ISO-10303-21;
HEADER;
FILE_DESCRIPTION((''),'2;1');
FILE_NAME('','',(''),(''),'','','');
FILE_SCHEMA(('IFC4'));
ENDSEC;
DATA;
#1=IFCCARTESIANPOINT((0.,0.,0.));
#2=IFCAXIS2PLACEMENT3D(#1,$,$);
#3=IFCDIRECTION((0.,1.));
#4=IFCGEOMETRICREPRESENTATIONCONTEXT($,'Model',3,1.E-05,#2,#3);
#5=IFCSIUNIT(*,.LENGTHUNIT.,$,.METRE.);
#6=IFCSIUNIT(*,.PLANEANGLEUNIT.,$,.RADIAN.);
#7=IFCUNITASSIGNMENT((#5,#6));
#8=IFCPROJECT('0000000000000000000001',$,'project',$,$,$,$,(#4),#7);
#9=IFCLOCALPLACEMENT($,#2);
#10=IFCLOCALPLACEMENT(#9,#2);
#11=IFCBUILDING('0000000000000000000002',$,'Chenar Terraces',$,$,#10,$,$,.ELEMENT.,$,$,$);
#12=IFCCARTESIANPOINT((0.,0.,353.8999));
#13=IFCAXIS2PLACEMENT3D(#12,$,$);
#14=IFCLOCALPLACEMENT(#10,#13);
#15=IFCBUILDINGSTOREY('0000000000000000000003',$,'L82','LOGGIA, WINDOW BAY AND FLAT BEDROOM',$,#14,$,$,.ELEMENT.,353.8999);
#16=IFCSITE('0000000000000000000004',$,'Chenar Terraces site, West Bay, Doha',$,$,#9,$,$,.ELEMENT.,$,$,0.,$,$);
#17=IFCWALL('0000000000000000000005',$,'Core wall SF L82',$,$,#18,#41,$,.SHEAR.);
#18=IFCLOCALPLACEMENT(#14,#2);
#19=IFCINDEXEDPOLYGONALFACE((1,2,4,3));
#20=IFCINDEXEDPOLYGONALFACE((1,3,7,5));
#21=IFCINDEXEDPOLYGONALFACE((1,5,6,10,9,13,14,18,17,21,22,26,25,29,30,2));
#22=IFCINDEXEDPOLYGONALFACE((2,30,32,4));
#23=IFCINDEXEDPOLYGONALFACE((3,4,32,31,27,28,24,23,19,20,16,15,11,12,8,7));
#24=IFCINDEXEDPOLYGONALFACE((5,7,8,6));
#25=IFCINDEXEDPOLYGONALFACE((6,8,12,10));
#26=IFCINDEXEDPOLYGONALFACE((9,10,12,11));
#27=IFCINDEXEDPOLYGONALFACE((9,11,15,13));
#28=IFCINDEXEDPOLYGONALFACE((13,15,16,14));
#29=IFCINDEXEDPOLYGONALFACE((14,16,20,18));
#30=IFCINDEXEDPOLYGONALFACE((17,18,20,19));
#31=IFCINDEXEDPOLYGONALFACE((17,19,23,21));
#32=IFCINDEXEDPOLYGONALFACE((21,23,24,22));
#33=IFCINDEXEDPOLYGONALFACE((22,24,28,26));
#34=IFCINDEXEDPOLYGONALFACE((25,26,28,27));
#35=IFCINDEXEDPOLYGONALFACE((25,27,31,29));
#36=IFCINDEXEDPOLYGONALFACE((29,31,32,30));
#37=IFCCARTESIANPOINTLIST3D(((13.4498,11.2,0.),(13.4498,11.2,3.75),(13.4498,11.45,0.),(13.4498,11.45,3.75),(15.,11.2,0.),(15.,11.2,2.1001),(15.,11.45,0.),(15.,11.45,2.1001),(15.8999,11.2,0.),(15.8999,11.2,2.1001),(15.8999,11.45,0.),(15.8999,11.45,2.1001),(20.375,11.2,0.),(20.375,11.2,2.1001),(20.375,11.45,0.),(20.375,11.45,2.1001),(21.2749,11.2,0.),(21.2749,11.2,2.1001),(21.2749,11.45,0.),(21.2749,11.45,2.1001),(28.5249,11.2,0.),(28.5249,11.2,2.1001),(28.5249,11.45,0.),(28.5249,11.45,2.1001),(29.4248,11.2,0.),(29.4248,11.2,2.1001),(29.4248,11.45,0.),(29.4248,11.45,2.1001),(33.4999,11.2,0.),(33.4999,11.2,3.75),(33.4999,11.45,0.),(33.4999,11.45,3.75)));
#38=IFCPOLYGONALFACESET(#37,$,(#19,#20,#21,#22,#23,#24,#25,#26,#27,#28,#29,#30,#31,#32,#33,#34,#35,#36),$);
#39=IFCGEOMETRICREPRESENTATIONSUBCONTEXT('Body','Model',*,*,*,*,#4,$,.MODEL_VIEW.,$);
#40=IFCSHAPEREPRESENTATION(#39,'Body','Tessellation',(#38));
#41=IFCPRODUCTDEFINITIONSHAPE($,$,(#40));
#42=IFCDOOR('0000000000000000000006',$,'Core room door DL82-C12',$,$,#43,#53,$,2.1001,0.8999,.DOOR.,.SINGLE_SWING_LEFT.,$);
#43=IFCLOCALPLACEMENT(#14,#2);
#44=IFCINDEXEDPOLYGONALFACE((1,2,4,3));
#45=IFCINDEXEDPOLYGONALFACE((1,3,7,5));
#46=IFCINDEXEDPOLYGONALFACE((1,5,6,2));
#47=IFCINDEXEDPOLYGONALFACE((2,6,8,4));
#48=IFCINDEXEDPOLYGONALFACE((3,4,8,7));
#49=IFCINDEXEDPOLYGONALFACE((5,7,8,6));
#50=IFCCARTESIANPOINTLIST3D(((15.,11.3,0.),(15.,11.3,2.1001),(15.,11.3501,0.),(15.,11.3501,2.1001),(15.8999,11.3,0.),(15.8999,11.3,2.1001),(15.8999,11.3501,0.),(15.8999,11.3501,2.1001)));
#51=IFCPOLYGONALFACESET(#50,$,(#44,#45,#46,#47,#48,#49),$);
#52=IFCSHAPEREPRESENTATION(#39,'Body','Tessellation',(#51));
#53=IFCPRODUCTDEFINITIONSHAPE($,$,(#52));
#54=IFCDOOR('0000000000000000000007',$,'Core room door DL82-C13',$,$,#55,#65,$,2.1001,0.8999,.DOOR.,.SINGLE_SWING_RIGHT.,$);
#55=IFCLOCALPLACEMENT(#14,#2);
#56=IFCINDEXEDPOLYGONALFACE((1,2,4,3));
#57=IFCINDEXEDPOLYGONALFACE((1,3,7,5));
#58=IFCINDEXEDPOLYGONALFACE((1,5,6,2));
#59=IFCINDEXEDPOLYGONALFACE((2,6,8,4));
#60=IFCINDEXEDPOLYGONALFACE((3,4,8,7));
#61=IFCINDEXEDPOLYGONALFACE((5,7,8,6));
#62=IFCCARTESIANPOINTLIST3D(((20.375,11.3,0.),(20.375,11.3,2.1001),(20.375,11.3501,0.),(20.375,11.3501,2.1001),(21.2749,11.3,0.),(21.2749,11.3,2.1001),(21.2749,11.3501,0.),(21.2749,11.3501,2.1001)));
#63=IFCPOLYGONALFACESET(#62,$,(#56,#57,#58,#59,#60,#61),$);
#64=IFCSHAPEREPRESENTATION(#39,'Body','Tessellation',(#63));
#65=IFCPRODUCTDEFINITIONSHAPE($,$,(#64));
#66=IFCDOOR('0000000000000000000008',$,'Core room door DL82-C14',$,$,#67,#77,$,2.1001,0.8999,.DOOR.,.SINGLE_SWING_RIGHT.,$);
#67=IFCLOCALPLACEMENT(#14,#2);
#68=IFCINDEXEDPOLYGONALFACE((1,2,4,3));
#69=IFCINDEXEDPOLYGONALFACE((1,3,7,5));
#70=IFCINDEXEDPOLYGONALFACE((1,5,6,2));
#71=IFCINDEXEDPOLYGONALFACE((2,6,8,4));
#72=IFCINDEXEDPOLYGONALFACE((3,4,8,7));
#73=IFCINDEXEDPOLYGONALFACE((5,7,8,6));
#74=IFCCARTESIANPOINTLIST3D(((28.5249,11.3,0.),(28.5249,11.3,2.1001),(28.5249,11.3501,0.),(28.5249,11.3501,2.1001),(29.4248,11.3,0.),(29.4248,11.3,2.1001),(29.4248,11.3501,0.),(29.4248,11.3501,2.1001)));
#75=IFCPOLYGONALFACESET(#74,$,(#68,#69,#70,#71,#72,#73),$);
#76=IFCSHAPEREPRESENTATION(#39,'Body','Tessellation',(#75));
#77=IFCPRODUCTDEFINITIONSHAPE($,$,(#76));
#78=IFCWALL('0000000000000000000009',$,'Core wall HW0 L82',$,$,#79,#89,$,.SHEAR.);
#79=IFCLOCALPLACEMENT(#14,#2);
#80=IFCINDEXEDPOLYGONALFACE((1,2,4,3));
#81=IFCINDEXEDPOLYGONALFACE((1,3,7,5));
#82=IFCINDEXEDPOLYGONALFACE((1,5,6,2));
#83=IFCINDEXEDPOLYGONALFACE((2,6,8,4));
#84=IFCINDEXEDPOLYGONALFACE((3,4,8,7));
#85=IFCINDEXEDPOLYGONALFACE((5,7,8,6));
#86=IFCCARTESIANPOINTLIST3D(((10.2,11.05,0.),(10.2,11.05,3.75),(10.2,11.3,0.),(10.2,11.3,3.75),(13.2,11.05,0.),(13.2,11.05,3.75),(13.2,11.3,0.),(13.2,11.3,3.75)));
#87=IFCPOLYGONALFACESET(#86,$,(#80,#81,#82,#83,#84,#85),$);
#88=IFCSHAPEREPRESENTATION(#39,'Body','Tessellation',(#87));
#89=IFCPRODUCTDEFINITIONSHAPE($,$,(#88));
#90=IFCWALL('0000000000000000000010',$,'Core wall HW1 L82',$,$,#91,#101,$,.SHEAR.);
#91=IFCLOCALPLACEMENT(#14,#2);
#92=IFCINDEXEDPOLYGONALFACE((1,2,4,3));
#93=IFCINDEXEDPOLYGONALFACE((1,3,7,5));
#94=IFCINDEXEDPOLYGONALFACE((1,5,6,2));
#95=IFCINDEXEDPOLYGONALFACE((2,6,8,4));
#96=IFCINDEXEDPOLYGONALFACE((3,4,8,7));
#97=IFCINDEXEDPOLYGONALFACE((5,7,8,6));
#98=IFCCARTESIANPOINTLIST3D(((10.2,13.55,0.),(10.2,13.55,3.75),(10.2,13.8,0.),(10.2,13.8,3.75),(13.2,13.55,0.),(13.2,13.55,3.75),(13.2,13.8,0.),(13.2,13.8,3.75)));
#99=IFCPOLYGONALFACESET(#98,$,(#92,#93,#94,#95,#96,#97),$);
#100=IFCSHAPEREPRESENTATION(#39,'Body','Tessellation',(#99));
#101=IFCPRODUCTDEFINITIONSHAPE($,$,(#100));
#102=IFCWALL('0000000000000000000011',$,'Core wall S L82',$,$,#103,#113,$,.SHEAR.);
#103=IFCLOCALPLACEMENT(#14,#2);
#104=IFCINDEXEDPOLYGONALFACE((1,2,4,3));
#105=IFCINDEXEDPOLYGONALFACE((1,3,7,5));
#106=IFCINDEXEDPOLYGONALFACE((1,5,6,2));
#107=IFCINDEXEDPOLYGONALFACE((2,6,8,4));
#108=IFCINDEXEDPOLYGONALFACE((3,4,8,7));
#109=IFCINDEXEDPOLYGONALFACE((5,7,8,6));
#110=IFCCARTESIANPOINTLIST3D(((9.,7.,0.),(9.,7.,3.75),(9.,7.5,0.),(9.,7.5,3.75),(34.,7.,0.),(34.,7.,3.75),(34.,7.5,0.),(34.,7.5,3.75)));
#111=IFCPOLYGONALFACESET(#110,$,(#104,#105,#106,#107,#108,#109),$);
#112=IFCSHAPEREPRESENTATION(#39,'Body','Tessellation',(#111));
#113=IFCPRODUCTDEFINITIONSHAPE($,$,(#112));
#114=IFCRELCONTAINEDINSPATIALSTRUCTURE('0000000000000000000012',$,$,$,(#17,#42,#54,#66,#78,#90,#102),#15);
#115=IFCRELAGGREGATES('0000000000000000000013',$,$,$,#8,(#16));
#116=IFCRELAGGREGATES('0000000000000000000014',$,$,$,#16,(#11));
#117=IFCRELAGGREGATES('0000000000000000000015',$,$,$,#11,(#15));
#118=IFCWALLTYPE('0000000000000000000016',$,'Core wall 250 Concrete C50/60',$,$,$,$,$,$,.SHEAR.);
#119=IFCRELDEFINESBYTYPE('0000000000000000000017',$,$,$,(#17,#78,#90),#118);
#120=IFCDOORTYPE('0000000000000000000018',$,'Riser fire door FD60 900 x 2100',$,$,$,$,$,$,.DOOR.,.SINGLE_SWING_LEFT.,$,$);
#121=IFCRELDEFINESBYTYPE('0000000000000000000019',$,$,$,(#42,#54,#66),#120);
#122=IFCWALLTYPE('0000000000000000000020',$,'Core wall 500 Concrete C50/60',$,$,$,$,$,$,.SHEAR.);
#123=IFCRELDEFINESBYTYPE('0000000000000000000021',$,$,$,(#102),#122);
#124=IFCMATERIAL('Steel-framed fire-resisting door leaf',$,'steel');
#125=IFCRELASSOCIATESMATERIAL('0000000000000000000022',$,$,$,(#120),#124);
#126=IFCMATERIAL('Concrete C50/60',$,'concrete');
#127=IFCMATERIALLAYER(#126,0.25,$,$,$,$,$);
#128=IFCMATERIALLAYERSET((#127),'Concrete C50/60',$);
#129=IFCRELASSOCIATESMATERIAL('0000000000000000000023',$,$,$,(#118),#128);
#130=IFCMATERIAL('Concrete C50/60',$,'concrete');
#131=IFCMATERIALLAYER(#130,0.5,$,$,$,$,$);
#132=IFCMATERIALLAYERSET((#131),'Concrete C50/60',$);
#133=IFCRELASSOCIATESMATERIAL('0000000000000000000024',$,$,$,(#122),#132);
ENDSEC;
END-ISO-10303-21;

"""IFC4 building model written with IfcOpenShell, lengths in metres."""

from ifc_helpers import new_model, si_unit, direction, frame, frame_2d, origin, place, context, subcontext, project, spatial, rectangle, extrude, material, layer, layer_set, type_object, element, fill, save


model = new_model("IFC4")

# Units and contexts
model_context = context("Model", 3, precision=1e-05, world=origin(), true_north=direction((0.0, 1.0)))
body_context = subcontext(model_context, "Body", "Model", "MODEL_VIEW")
ifc_project = project(units=[si_unit("LENGTHUNIT", "METRE"), si_unit("PLANEANGLEUNIT", "RADIAN")], contexts=[model_context])

# Site, building, storey
site_placement = place(None, origin())
site = spatial("IfcSite", under=ifc_project, at=site_placement, Name="Chenar Terraces site, West Bay, Doha", CompositionType="ELEMENT", RefElevation=0.0)
building_placement = place(site_placement, origin())
building = spatial("IfcBuilding", under=site, at=building_placement, Name="Chenar Terraces", CompositionType="ELEMENT")
storey_placement = place(building_placement, frame((0.0, 0.0, 353.8999)))
storey = spatial("IfcBuildingStorey", under=building, at=storey_placement, Name="L82", Description="LOGGIA, WINDOW BAY AND FLAT BEDROOM", CompositionType="ELEMENT", Elevation=353.8999)

# Shared definitions
ifc_material_1 = material(Name="Steel-framed fire-resisting door leaf", Category="steel")
door_type_1 = type_object("IfcDoorType", Name="Riser fire door FD60 900 x 2100", OperationType="SINGLE_SWING_LEFT", PredefinedType="DOOR", material=ifc_material_1)

# Shared definitions
ifc_material_2 = material(Name="Concrete C50/60", Category="concrete")
ifc_layer_1 = layer(ifc_material_2, 0.25)
ifc_layer_set_1 = layer_set([ifc_layer_1], Name="Concrete C50/60")
wall_type_1 = type_object("IfcWallType", Name="Core wall 250 Concrete C50/60", PredefinedType="SHEAR", material=ifc_layer_set_1)

# Wall, openings, doors
wall_1_placement = place(storey_placement, frame((13.45, 11.325, 0.0), z_axis=(0.0, 0.0, 1.0), x_axis=(1.0, 0.0, 0.0)))
wall_1 = element("IfcWall", 1, at=wall_1_placement, inside=storey, type_object=wall_type_1, Name="Core wall SF L82", PredefinedType="SHEAR", context=body_context, shape_type="SweptSolid", body=[
    extrude(rectangle(XDim=20.05, YDim=0.25, at=frame_2d((10.0249, 0.0))), origin(), (0.0, 0.0, 1.0), 3.75),
])
opening_1_placement = place(wall_1_placement, frame((1.55, 0.0, 0.0)))
opening_1 = element("IfcOpeningElement", 2, at=opening_1_placement, cuts=wall_1, PredefinedType="OPENING", context=body_context, shape_type="SweptSolid", body=[
    extrude(rectangle(XDim=0.8999, YDim=2.1001, at=frame_2d((0.45, 1.05))), frame((0.0, 0.135, 0.0), z_axis=(0.0, -1.0, 0.0), x_axis=(1.0, 0.0, 0.0)), (0.0, 0.0, 1.0), 0.27),
])
opening_2_placement = place(wall_1_placement, frame((6.925, 0.0, 0.0)))
opening_2 = element("IfcOpeningElement", 3, at=opening_2_placement, cuts=wall_1, PredefinedType="OPENING", context=body_context, shape_type="SweptSolid", body=[
    extrude(rectangle(XDim=0.8999, YDim=2.1001, at=frame_2d((0.45, 1.05))), frame((0.0, 0.135, 0.0), z_axis=(0.0, -1.0, 0.0), x_axis=(1.0, 0.0, 0.0)), (0.0, 0.0, 1.0), 0.27),
])
opening_3_placement = place(wall_1_placement, frame((15.075, 0.0, 0.0)))
opening_3 = element("IfcOpeningElement", 4, at=opening_3_placement, cuts=wall_1, PredefinedType="OPENING", context=body_context, shape_type="SweptSolid", body=[
    extrude(rectangle(XDim=0.8999, YDim=2.1001, at=frame_2d((0.45, 1.05))), frame((0.0, 0.135, 0.0), z_axis=(0.0, -1.0, 0.0), x_axis=(1.0, 0.0, 0.0)), (0.0, 0.0, 1.0), 0.27),
])
door_1_placement = place(opening_1_placement, frame((0.8999, 0.0, 0.0), z_axis=(0.0, 0.0, 1.0), x_axis=(-1.0, 0.0, 0.0)))
door_1 = element("IfcDoor", 5, at=door_1_placement, inside=storey, type_object=door_type_1, Name="Core room door DL82-C12", OperationType="SINGLE_SWING_LEFT", OverallHeight=2.1001, OverallWidth=0.8999, PredefinedType="DOOR", context=body_context, shape_type="SweptSolid", body=[
    extrude(rectangle(XDim=0.8999, YDim=2.1001, at=frame_2d((0.45, 1.05))), frame((0.0, 0.0249, 0.0), z_axis=(0.0, -1.0, 0.0), x_axis=(1.0, 0.0, 0.0)), (0.0, 0.0, 1.0), 0.05),
])
fill(opening_1, door_1)
door_2_placement = place(opening_2_placement, frame((0.8999, 0.0, 0.0), z_axis=(0.0, 0.0, 1.0), x_axis=(-1.0, 0.0, 0.0)))
door_2 = element("IfcDoor", 6, at=door_2_placement, inside=storey, type_object=door_type_1, Name="Core room door DL82-C13", OperationType="SINGLE_SWING_RIGHT", OverallHeight=2.1001, OverallWidth=0.8999, PredefinedType="DOOR", context=body_context, shape_type="SweptSolid", body=[
    extrude(rectangle(XDim=0.8999, YDim=2.1001, at=frame_2d((0.45, 1.05))), frame((0.0, 0.0249, 0.0), z_axis=(0.0, -1.0, 0.0), x_axis=(1.0, 0.0, 0.0)), (0.0, 0.0, 1.0), 0.05),
])
fill(opening_2, door_2)
door_3_placement = place(opening_3_placement, frame((0.8999, 0.0, 0.0), z_axis=(0.0, 0.0, 1.0), x_axis=(-1.0, 0.0, 0.0)))
door_3 = element("IfcDoor", 7, at=door_3_placement, inside=storey, type_object=door_type_1, Name="Core room door DL82-C14", OperationType="SINGLE_SWING_RIGHT", OverallHeight=2.1001, OverallWidth=0.8999, PredefinedType="DOOR", context=body_context, shape_type="SweptSolid", body=[
    extrude(rectangle(XDim=0.8999, YDim=2.1001, at=frame_2d((0.45, 1.05))), frame((0.0, 0.0249, 0.0), z_axis=(0.0, -1.0, 0.0), x_axis=(1.0, 0.0, 0.0)), (0.0, 0.0, 1.0), 0.05),
])
fill(opening_3, door_3)

# Walls
for number, where, z_axis, x_axis, name in (
    (8, (10.2, 11.175, 0.0), (0.0, 0.0, 1.0), (1.0, 0.0, 0.0), "Core wall HW0 L82"),
    (9, (10.2, 13.675, 0.0), (0.0, 0.0, 1.0), (1.0, 0.0, 0.0), "Core wall HW1 L82"),
):
    element("IfcWall", number, at=place(storey_placement, frame(where, z_axis=z_axis, x_axis=x_axis)), inside=storey, type_object=wall_type_1, Name=name, PredefinedType="SHEAR", context=body_context, shape_type="SweptSolid", body=[
        extrude(rectangle(XDim=3.0, YDim=0.25, at=frame_2d((1.5, 0.0))), origin(), (0.0, 0.0, 1.0), 3.75),
    ])
ifc_material_3 = material(Name="Concrete C50/60", Category="concrete")
ifc_layer_2 = layer(ifc_material_3, 0.5)
ifc_layer_set_2 = layer_set([ifc_layer_2], Name="Concrete C50/60")
wall_type_2 = type_object("IfcWallType", Name="Core wall 500 Concrete C50/60", PredefinedType="SHEAR", material=ifc_layer_set_2)
wall_2_placement = place(storey_placement, frame((9.0, 7.25, 0.0), z_axis=(0.0, 0.0, 1.0), x_axis=(1.0, 0.0, 0.0)))
element("IfcWall", 10, at=wall_2_placement, inside=storey, type_object=wall_type_2, Name="Core wall S L82", PredefinedType="SHEAR", context=body_context, shape_type="SweptSolid", body=[
    extrude(rectangle(XDim=25.0, YDim=0.5, at=frame_2d((12.5, 0.0))), origin(), (0.0, 0.0, 1.0), 3.75),
])

save(model, "model.ifc")
